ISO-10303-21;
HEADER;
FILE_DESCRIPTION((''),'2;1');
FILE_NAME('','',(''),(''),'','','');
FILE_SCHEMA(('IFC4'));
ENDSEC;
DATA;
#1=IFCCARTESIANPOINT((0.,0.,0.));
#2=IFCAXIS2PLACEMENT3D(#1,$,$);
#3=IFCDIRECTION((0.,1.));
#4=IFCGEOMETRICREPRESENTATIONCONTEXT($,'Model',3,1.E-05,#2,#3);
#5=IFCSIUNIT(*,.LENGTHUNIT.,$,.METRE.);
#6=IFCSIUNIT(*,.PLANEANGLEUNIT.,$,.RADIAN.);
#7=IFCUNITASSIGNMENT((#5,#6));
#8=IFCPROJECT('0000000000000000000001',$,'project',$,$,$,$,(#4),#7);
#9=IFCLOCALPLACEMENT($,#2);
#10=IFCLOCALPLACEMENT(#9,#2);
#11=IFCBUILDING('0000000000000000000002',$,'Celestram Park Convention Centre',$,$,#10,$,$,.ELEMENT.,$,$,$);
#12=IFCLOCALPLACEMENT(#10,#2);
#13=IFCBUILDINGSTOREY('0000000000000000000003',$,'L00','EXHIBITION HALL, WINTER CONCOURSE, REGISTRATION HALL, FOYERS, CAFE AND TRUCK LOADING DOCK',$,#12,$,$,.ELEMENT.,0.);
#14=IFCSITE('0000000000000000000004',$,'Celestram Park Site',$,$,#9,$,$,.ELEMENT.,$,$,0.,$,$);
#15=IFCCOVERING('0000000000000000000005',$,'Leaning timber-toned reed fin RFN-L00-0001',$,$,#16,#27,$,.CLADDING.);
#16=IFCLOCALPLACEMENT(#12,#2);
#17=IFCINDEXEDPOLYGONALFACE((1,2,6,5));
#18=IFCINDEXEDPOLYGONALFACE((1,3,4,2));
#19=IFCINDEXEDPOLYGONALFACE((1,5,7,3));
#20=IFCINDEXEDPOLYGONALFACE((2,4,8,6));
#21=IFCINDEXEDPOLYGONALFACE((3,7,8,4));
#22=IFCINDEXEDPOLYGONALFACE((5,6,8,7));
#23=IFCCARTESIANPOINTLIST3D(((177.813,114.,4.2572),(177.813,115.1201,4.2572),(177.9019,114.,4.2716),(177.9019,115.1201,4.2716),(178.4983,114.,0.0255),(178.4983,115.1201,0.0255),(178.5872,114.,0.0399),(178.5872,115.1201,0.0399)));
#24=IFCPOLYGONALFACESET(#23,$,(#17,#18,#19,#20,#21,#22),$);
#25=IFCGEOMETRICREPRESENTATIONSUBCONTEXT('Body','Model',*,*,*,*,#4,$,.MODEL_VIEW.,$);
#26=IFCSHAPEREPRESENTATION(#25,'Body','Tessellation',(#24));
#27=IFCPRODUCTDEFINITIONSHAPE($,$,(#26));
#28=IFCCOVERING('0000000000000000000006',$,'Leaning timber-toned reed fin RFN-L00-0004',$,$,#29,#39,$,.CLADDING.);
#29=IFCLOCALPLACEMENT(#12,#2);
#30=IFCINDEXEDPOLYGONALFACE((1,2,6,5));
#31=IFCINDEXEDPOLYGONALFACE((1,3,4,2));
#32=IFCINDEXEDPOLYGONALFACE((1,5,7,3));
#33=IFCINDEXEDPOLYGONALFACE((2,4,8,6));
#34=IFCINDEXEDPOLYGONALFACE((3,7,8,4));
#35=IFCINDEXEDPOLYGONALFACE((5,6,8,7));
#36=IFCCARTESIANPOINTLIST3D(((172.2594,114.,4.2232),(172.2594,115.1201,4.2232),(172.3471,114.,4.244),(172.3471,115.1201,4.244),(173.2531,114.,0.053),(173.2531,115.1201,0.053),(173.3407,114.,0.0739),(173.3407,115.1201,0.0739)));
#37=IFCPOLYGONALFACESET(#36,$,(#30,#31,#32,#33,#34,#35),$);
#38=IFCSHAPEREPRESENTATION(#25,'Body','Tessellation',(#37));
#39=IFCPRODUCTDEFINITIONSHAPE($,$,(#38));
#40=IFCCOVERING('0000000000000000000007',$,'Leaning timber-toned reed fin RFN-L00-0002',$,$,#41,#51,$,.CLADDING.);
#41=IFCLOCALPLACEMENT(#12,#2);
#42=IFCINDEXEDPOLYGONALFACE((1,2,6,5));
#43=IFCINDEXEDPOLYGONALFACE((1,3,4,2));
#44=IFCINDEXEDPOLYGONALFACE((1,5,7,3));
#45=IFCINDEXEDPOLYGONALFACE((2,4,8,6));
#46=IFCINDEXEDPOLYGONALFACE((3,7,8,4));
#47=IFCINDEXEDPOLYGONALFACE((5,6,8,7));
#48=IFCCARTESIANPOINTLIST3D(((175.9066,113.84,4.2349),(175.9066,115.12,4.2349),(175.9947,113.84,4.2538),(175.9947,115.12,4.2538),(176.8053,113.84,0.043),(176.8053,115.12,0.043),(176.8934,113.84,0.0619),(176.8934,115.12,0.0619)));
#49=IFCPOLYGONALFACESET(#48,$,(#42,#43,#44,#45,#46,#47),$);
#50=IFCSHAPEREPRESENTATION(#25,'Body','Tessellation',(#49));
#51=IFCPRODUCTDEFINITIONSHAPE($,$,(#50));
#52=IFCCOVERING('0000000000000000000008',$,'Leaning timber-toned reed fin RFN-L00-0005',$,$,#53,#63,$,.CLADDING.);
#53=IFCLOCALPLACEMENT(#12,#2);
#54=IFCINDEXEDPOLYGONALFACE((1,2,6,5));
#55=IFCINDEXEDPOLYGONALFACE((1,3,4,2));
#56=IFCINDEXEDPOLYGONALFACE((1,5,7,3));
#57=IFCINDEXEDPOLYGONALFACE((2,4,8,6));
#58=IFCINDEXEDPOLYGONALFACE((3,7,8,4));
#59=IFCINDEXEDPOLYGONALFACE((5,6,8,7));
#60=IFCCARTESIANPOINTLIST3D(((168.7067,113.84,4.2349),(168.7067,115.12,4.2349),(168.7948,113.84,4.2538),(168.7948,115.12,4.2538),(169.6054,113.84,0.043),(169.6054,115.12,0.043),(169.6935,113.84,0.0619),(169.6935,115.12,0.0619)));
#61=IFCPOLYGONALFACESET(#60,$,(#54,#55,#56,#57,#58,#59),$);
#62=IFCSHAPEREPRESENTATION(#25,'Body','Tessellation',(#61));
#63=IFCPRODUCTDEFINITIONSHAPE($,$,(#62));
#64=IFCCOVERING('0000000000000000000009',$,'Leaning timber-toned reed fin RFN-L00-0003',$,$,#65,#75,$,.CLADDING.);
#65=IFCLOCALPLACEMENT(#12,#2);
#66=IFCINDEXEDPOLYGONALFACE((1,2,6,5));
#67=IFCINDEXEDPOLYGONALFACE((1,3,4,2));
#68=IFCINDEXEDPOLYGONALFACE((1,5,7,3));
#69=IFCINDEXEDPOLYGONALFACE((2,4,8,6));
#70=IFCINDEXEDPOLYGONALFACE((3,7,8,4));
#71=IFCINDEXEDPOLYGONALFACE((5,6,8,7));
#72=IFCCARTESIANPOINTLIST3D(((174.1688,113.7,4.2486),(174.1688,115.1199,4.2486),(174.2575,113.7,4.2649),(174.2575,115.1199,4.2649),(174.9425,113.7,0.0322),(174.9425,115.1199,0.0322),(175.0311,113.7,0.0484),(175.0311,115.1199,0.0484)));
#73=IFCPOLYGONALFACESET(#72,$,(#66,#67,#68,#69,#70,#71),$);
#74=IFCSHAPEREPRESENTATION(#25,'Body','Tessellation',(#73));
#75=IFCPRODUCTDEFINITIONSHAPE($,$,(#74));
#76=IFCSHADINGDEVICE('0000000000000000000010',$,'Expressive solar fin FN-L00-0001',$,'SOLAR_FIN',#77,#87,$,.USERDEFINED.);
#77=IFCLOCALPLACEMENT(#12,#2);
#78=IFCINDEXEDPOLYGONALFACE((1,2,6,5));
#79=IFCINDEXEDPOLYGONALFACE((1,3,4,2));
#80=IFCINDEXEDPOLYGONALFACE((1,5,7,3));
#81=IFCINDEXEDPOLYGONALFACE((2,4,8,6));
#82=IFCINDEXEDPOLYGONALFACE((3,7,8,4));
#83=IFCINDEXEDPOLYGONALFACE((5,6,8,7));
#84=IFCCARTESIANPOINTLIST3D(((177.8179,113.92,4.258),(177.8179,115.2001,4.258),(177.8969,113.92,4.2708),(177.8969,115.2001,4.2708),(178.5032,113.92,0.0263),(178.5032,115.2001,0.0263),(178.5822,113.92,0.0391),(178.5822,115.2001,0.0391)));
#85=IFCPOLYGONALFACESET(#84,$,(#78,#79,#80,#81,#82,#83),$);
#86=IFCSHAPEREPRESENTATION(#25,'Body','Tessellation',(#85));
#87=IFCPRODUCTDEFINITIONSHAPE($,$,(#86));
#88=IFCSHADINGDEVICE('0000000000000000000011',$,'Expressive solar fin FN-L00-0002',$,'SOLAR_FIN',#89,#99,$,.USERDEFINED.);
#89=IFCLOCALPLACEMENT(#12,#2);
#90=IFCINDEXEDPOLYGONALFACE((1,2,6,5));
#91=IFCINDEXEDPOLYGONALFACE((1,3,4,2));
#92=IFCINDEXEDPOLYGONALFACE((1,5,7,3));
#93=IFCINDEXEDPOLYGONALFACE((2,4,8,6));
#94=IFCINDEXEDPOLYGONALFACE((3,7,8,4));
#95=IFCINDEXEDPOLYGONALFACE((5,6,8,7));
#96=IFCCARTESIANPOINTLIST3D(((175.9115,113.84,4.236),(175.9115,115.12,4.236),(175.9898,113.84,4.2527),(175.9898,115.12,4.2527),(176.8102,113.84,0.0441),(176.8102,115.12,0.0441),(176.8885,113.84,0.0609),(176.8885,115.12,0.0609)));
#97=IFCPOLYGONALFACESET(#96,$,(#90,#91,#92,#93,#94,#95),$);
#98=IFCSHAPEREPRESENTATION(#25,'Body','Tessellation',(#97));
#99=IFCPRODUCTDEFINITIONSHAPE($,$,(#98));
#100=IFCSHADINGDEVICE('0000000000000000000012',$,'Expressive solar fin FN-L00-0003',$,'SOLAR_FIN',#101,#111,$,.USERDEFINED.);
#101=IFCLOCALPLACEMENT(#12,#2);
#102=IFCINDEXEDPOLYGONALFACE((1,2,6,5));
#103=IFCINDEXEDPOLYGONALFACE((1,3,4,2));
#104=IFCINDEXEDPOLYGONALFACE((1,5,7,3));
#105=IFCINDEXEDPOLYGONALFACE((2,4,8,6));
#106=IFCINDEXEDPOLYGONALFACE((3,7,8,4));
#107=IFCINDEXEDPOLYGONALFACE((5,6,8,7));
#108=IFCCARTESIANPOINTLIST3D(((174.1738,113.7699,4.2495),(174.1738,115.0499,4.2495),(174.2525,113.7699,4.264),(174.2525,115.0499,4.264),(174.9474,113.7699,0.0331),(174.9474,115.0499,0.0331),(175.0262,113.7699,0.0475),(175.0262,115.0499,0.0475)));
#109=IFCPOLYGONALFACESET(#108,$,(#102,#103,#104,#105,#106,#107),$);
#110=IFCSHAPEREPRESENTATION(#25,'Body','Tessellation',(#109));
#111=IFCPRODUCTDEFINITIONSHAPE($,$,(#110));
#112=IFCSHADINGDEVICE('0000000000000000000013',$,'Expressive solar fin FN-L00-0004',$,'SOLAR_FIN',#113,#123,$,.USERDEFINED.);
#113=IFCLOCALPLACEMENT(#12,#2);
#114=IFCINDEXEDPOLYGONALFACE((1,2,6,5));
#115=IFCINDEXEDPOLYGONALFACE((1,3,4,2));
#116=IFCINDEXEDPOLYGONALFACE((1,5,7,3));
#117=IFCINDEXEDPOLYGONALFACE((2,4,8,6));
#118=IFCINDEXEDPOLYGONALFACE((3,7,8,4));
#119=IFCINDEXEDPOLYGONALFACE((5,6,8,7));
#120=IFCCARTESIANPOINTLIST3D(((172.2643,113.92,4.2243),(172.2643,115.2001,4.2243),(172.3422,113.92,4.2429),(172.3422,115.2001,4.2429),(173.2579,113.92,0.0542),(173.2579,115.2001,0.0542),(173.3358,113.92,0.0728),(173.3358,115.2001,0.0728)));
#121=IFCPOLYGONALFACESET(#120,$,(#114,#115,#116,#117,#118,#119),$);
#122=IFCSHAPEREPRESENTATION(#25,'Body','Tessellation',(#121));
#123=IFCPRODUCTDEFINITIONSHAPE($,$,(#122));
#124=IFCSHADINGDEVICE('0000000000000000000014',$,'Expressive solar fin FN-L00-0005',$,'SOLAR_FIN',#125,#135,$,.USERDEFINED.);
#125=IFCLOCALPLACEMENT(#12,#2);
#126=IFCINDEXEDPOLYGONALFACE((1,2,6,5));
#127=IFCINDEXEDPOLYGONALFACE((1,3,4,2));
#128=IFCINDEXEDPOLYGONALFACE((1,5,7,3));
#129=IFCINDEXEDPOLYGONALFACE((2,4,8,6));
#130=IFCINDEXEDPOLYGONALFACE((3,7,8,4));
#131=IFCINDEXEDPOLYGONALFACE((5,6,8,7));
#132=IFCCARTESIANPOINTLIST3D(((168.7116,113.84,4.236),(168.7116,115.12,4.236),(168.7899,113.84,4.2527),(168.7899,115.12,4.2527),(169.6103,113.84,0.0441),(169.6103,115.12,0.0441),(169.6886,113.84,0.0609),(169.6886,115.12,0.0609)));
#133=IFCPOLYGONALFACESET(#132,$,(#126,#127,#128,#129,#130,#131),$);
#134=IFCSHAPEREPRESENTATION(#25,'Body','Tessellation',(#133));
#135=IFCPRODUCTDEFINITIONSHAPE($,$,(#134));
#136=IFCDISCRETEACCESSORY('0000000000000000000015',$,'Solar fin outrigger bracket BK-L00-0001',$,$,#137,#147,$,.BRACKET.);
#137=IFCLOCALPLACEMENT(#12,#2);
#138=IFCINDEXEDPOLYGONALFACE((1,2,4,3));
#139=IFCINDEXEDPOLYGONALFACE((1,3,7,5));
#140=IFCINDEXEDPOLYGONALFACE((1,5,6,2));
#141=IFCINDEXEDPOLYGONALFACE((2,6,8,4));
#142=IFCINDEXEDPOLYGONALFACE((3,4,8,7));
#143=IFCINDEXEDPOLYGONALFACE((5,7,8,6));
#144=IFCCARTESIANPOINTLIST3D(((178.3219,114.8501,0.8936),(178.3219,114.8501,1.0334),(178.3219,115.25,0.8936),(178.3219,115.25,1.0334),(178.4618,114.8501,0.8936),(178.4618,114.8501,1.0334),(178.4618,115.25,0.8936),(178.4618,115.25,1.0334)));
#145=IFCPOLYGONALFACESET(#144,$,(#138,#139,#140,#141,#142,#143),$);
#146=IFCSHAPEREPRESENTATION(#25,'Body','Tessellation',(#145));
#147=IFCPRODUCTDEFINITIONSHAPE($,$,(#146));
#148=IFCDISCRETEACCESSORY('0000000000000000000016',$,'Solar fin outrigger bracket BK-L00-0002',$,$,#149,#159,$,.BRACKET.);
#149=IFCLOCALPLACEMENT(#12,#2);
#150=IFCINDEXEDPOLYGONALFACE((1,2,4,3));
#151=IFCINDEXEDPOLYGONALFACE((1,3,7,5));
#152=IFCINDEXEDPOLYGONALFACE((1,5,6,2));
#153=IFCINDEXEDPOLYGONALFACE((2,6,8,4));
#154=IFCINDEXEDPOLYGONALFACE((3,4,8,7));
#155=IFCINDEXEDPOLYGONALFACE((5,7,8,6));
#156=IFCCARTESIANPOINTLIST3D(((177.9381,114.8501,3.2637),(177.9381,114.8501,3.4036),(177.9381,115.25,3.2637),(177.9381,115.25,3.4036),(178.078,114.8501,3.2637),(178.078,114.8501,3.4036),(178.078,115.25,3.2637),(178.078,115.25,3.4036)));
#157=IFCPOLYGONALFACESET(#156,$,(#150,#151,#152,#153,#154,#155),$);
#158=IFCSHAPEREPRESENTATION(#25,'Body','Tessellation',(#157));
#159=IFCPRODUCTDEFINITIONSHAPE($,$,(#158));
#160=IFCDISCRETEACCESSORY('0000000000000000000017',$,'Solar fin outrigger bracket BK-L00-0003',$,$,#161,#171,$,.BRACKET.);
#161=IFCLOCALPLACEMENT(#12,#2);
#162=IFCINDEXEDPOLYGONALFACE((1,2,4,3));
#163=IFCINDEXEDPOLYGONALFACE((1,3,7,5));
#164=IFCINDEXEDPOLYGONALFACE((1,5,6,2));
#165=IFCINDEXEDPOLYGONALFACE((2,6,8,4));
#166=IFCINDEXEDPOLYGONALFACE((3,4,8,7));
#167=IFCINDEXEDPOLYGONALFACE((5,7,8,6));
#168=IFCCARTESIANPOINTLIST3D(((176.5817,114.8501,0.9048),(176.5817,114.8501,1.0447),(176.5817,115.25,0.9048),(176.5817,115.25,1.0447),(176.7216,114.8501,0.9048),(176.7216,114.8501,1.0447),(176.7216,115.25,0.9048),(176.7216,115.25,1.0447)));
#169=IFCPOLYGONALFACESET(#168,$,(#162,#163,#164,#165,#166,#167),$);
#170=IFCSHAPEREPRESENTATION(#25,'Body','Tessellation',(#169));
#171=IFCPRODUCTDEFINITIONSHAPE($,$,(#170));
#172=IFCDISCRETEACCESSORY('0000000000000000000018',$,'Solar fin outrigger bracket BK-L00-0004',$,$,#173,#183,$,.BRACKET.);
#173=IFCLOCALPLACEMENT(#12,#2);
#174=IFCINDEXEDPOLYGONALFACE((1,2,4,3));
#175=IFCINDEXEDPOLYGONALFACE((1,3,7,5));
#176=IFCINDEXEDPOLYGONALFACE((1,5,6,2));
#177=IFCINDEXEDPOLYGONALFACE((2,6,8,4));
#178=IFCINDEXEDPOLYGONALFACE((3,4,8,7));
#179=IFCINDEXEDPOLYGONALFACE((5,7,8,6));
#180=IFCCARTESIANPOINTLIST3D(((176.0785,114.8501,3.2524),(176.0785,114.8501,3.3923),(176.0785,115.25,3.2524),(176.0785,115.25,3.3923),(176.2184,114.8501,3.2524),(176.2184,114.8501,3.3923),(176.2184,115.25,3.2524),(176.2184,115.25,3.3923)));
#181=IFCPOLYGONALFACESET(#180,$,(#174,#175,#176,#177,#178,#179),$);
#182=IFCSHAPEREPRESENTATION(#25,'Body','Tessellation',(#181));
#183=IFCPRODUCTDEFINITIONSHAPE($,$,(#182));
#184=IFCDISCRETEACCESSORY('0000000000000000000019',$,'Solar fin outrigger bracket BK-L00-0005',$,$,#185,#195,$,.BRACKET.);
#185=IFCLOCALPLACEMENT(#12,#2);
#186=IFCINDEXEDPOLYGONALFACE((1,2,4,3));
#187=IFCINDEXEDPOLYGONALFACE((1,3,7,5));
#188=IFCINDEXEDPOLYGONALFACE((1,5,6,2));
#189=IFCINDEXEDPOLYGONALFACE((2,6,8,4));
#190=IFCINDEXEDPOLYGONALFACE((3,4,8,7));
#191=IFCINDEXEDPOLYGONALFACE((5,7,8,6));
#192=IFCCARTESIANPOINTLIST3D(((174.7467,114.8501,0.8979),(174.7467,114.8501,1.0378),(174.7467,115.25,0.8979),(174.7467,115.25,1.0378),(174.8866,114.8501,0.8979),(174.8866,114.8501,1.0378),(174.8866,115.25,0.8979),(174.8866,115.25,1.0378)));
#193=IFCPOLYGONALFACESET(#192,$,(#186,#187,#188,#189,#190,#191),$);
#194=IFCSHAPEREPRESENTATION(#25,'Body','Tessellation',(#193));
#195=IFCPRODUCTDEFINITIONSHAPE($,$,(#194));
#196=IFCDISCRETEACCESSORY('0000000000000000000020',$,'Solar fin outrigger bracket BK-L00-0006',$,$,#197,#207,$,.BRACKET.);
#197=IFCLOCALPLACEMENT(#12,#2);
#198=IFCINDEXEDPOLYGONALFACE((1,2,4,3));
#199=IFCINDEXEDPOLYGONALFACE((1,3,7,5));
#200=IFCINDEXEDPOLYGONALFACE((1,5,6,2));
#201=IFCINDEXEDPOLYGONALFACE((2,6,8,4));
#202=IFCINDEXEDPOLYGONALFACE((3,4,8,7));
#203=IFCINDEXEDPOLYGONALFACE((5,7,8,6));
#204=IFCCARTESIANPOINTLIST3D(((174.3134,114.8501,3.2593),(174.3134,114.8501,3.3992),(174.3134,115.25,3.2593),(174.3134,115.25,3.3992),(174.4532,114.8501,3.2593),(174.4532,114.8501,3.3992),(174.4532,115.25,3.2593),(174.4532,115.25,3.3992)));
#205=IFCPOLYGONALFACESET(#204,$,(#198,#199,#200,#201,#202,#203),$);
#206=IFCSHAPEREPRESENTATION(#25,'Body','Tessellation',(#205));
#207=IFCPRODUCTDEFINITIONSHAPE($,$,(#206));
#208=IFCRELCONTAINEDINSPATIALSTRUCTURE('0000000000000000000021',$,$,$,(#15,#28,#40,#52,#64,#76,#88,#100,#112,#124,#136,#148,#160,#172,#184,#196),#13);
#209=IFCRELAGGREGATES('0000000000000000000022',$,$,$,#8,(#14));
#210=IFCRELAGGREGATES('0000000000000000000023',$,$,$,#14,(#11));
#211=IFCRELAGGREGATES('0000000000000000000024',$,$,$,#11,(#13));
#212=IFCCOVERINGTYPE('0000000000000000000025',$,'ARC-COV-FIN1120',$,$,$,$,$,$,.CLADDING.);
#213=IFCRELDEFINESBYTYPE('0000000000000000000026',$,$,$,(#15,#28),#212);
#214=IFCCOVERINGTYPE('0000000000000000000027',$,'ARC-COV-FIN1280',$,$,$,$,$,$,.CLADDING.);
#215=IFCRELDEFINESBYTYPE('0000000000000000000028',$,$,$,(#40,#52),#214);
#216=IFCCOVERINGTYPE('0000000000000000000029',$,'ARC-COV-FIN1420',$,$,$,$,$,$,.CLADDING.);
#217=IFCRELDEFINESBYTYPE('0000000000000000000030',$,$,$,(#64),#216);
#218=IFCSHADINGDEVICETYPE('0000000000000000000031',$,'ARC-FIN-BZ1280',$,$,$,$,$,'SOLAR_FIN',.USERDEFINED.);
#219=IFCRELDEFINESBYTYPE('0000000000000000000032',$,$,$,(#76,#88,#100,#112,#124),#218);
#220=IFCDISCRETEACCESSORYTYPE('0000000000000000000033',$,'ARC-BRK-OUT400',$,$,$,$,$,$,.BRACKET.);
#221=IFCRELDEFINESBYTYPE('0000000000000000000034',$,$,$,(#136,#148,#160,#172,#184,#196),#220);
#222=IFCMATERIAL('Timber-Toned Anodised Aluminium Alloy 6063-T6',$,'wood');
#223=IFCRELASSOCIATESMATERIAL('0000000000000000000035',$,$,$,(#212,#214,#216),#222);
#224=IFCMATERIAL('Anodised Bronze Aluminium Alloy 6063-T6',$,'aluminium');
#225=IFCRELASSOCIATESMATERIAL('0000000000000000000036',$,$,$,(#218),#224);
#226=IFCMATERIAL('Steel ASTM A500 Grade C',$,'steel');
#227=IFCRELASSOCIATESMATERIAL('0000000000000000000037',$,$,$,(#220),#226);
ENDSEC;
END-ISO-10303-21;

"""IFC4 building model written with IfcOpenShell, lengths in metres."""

from ifc_helpers import new_model, si_unit, direction, frame, origin, origin_2d, place, context, subcontext, project, spatial, rectangle, extrude, material, material_profile, profile_set, type_object, element, save


model = new_model("IFC4")

# Units and contexts
model_context = context("Model", 3, precision=1e-05, world=origin(), true_north=direction((0.0, 1.0)))
body_context = subcontext(model_context, "Body", "Model", "MODEL_VIEW")
ifc_project = project(units=[si_unit("LENGTHUNIT", "METRE"), si_unit("PLANEANGLEUNIT", "RADIAN")], contexts=[model_context])

# Site, building, storey
site_placement = place(None, origin())
site = spatial("IfcSite", under=ifc_project, at=site_placement, Name="Celestram Park Site", CompositionType="ELEMENT", RefElevation=0.0)
building_placement = place(site_placement, origin())
building = spatial("IfcBuilding", under=site, at=building_placement, Name="Celestram Park Convention Centre", CompositionType="ELEMENT")
storey_placement = place(building_placement, origin())
storey = spatial("IfcBuildingStorey", under=building, at=storey_placement, Name="L00", Description="EXHIBITION HALL, WINTER CONCOURSE, REGISTRATION HALL, FOYERS, CAFE AND TRUCK LOADING DOCK", CompositionType="ELEMENT", Elevation=0.0)

# Shared definitions
ifc_material_1 = material(Name="Steel ASTM A500 Grade C", Category="steel")

# Coverings
ifc_material_2 = material(Name="Timber-Toned Anodised Aluminium Alloy 6063-T6", Category="wood")
ifc_material_profile_1 = material_profile(ifc_material_2, rectangle(XDim=1.1201, YDim=0.0901, at=origin_2d()), Name="REED1120X90")
ifc_profile_set_1 = profile_set([ifc_material_profile_1], Name="Timber-Toned Anodised Aluminium Alloy 6063-T6")
covering_type_1 = type_object("IfcCoveringType", Name="ARC-COV-FIN1120", PredefinedType="CLADDING", material=ifc_profile_set_1)
for number, where, z_axis, x_axis, name in (
    (1, (178.5427, 114.5601, 0.0327), (-0.159863, 0.0, 0.987139), (0.0, -1.0, 0.0), "Leaning timber-toned reed fin RFN-L00-0001"),
    (2, (173.2969, 114.5601, 0.0635), (-0.231787, 0.0, 0.972766), (0.0, -1.0, 0.0), "Leaning timber-toned reed fin RFN-L00-0004"),
):
    element("IfcCovering", number, at=place(storey_placement, frame(where, z_axis=z_axis, x_axis=x_axis)), inside=storey, type_object=covering_type_1, Name=name, PredefinedType="CLADDING", context=body_context, shape_type="SweptSolid", body=[
        extrude(rectangle(XDim=1.1201, YDim=0.0901, at=origin_2d()), origin(), (0.0, 0.0, 1.0), 4.2869),
    ])
ifc_material_profile_2 = material_profile(ifc_material_2, rectangle(XDim=1.28, YDim=0.0901, at=origin_2d()), Name="REED1280X90")
ifc_profile_set_2 = profile_set([ifc_material_profile_2], Name="Timber-Toned Anodised Aluminium Alloy 6063-T6")
covering_type_2 = type_object("IfcCoveringType", Name="ARC-COV-FIN1280", PredefinedType="CLADDING", material=ifc_profile_set_2)
for number, where, z_axis, x_axis, name in (
    (3, (176.8494, 114.48, 0.0525), (-0.209622, 0.0, 0.977782), (0.0, -1.0, 0.0), "Leaning timber-toned reed fin RFN-L00-0002"),
    (4, (169.6494, 114.48, 0.0525), (-0.209622, 0.0, 0.977782), (0.0, -1.0, 0.0), "Leaning timber-toned reed fin RFN-L00-0005"),
):
    element("IfcCovering", number, at=place(storey_placement, frame(where, z_axis=z_axis, x_axis=x_axis)), inside=storey, type_object=covering_type_2, Name=name, PredefinedType="CLADDING", context=body_context, shape_type="SweptSolid", body=[
        extrude(rectangle(XDim=1.28, YDim=0.0901, at=origin_2d()), origin(), (0.0, 0.0, 1.0), 4.2871),
    ])
ifc_material_profile_3 = material_profile(ifc_material_2, rectangle(XDim=1.4199, YDim=0.0901, at=origin_2d()), Name="REED1420X90")
ifc_profile_set_3 = profile_set([ifc_material_profile_3], Name="Timber-Toned Anodised Aluminium Alloy 6063-T6")
covering_type_3 = type_object("IfcCoveringType", Name="ARC-COV-FIN1420", PredefinedType="CLADDING", material=ifc_profile_set_3)
covering_1_placement = place(storey_placement, frame((174.9868, 114.4099, 0.0403), z_axis=(-0.180474, 0.0, 0.98358), x_axis=(0.0, -1.0, 0.0)))
element("IfcCovering", 5, at=covering_1_placement, inside=storey, type_object=covering_type_3, Name="Leaning timber-toned reed fin RFN-L00-0003", PredefinedType="CLADDING", context=body_context, shape_type="SweptSolid", body=[
    extrude(rectangle(XDim=1.4199, YDim=0.0901, at=origin_2d()), origin(), (0.0, 0.0, 1.0), 4.2869),
])

# Shading devices
ifc_material_3 = material(Name="Anodised Bronze Aluminium Alloy 6063-T6", Category="aluminium")
ifc_material_profile_4 = material_profile(ifc_material_3, rectangle(XDim=1.28, YDim=0.0801, at=origin_2d()), Name="FIN1280X80")
ifc_profile_set_4 = profile_set([ifc_material_profile_4], Name="Anodised Bronze Aluminium Alloy 6063-T6")
shading_device_type = type_object("IfcShadingDeviceType", Name="ARC-FIN-BZ1280", ElementType="SOLAR_FIN", PredefinedType="USERDEFINED", material=ifc_profile_set_4)
shading_device_1_placement = place(storey_placement, frame((178.5427, 114.5601, 0.0327), z_axis=(-0.159863, 0.0, 0.987139), x_axis=(0.0, -1.0, 0.0)))
element("IfcShadingDevice", 6, at=shading_device_1_placement, inside=storey, type_object=shading_device_type, Name="Expressive solar fin FN-L00-0001", ObjectType="SOLAR_FIN", PredefinedType="USERDEFINED", context=body_context, shape_type="SweptSolid", body=[
    extrude(rectangle(XDim=1.28, YDim=0.0801, at=origin_2d()), origin(), (0.0, 0.0, 1.0), 4.2869),
])
shading_device_2_placement = place(storey_placement, frame((176.8494, 114.48, 0.0525), z_axis=(-0.209622, 0.0, 0.977782), x_axis=(0.0, -1.0, 0.0)))
element("IfcShadingDevice", 7, at=shading_device_2_placement, inside=storey, type_object=shading_device_type, Name="Expressive solar fin FN-L00-0002", ObjectType="SOLAR_FIN", PredefinedType="USERDEFINED", context=body_context, shape_type="SweptSolid", body=[
    extrude(rectangle(XDim=1.28, YDim=0.0801, at=origin_2d()), origin(), (0.0, 0.0, 1.0), 4.2871),
])
for number, where, z_axis, x_axis, name in (
    (8, (174.9868, 114.4099, 0.0403), (-0.180474, 0.0, 0.98358), (0.0, -1.0, 0.0), "Expressive solar fin FN-L00-0003"),
    (9, (173.2969, 114.5601, 0.0635), (-0.231787, 0.0, 0.972766), (0.0, -1.0, 0.0), "Expressive solar fin FN-L00-0004"),
):
    element("IfcShadingDevice", number, at=place(storey_placement, frame(where, z_axis=z_axis, x_axis=x_axis)), inside=storey, type_object=shading_device_type, Name=name, ObjectType="SOLAR_FIN", PredefinedType="USERDEFINED", context=body_context, shape_type="SweptSolid", body=[
        extrude(rectangle(XDim=1.28, YDim=0.0801, at=origin_2d()), origin(), (0.0, 0.0, 1.0), 4.2869),
    ])
shading_device_3_placement = place(storey_placement, frame((169.6494, 114.48, 0.0525), z_axis=(-0.209622, 0.0, 0.977782), x_axis=(0.0, -1.0, 0.0)))
element("IfcShadingDevice", 10, at=shading_device_3_placement, inside=storey, type_object=shading_device_type, Name="Expressive solar fin FN-L00-0005", ObjectType="SOLAR_FIN", PredefinedType="USERDEFINED", context=body_context, shape_type="SweptSolid", body=[
    extrude(rectangle(XDim=1.28, YDim=0.0801, at=origin_2d()), origin(), (0.0, 0.0, 1.0), 4.2871),
])

# Discrete accessories
discrete_accessory_type = type_object("IfcDiscreteAccessoryType", Name="ARC-BRK-OUT400", PredefinedType="BRACKET", material=ifc_material_1)
for number, where, z_axis, x_axis, name in (
    (11, (178.3918, 115.05, 0.8936), (0.0, 0.0, 1.0), (0.0, -1.0, 0.0), "Solar fin outrigger bracket BK-L00-0001"),
    (12, (178.0081, 115.05, 3.2637), (0.0, 0.0, 1.0), (0.0, -1.0, 0.0), "Solar fin outrigger bracket BK-L00-0002"),
    (13, (176.6516, 115.05, 0.9048), (0.0, 0.0, 1.0), (0.0, -1.0, 0.0), "Solar fin outrigger bracket BK-L00-0003"),
    (14, (176.1484, 115.05, 3.2524), (0.0, 0.0, 1.0), (0.0, -1.0, 0.0), "Solar fin outrigger bracket BK-L00-0004"),
    (15, (174.8167, 115.05, 0.8979), (0.0, 0.0, 1.0), (0.0, -1.0, 0.0), "Solar fin outrigger bracket BK-L00-0005"),
    (16, (174.3833, 115.05, 3.2593), (0.0, 0.0, 1.0), (0.0, -1.0, 0.0), "Solar fin outrigger bracket BK-L00-0006"),
):
    element("IfcDiscreteAccessory", number, at=place(storey_placement, frame(where, z_axis=z_axis, x_axis=x_axis)), inside=storey, type_object=discrete_accessory_type, Name=name, PredefinedType="BRACKET", context=body_context, shape_type="SweptSolid", body=[
        extrude(rectangle(XDim=0.3999, YDim=0.1399, at=origin_2d()), origin(), (0.0, 0.0, 1.0), 0.1399),
    ])

save(model, "model.ifc")
